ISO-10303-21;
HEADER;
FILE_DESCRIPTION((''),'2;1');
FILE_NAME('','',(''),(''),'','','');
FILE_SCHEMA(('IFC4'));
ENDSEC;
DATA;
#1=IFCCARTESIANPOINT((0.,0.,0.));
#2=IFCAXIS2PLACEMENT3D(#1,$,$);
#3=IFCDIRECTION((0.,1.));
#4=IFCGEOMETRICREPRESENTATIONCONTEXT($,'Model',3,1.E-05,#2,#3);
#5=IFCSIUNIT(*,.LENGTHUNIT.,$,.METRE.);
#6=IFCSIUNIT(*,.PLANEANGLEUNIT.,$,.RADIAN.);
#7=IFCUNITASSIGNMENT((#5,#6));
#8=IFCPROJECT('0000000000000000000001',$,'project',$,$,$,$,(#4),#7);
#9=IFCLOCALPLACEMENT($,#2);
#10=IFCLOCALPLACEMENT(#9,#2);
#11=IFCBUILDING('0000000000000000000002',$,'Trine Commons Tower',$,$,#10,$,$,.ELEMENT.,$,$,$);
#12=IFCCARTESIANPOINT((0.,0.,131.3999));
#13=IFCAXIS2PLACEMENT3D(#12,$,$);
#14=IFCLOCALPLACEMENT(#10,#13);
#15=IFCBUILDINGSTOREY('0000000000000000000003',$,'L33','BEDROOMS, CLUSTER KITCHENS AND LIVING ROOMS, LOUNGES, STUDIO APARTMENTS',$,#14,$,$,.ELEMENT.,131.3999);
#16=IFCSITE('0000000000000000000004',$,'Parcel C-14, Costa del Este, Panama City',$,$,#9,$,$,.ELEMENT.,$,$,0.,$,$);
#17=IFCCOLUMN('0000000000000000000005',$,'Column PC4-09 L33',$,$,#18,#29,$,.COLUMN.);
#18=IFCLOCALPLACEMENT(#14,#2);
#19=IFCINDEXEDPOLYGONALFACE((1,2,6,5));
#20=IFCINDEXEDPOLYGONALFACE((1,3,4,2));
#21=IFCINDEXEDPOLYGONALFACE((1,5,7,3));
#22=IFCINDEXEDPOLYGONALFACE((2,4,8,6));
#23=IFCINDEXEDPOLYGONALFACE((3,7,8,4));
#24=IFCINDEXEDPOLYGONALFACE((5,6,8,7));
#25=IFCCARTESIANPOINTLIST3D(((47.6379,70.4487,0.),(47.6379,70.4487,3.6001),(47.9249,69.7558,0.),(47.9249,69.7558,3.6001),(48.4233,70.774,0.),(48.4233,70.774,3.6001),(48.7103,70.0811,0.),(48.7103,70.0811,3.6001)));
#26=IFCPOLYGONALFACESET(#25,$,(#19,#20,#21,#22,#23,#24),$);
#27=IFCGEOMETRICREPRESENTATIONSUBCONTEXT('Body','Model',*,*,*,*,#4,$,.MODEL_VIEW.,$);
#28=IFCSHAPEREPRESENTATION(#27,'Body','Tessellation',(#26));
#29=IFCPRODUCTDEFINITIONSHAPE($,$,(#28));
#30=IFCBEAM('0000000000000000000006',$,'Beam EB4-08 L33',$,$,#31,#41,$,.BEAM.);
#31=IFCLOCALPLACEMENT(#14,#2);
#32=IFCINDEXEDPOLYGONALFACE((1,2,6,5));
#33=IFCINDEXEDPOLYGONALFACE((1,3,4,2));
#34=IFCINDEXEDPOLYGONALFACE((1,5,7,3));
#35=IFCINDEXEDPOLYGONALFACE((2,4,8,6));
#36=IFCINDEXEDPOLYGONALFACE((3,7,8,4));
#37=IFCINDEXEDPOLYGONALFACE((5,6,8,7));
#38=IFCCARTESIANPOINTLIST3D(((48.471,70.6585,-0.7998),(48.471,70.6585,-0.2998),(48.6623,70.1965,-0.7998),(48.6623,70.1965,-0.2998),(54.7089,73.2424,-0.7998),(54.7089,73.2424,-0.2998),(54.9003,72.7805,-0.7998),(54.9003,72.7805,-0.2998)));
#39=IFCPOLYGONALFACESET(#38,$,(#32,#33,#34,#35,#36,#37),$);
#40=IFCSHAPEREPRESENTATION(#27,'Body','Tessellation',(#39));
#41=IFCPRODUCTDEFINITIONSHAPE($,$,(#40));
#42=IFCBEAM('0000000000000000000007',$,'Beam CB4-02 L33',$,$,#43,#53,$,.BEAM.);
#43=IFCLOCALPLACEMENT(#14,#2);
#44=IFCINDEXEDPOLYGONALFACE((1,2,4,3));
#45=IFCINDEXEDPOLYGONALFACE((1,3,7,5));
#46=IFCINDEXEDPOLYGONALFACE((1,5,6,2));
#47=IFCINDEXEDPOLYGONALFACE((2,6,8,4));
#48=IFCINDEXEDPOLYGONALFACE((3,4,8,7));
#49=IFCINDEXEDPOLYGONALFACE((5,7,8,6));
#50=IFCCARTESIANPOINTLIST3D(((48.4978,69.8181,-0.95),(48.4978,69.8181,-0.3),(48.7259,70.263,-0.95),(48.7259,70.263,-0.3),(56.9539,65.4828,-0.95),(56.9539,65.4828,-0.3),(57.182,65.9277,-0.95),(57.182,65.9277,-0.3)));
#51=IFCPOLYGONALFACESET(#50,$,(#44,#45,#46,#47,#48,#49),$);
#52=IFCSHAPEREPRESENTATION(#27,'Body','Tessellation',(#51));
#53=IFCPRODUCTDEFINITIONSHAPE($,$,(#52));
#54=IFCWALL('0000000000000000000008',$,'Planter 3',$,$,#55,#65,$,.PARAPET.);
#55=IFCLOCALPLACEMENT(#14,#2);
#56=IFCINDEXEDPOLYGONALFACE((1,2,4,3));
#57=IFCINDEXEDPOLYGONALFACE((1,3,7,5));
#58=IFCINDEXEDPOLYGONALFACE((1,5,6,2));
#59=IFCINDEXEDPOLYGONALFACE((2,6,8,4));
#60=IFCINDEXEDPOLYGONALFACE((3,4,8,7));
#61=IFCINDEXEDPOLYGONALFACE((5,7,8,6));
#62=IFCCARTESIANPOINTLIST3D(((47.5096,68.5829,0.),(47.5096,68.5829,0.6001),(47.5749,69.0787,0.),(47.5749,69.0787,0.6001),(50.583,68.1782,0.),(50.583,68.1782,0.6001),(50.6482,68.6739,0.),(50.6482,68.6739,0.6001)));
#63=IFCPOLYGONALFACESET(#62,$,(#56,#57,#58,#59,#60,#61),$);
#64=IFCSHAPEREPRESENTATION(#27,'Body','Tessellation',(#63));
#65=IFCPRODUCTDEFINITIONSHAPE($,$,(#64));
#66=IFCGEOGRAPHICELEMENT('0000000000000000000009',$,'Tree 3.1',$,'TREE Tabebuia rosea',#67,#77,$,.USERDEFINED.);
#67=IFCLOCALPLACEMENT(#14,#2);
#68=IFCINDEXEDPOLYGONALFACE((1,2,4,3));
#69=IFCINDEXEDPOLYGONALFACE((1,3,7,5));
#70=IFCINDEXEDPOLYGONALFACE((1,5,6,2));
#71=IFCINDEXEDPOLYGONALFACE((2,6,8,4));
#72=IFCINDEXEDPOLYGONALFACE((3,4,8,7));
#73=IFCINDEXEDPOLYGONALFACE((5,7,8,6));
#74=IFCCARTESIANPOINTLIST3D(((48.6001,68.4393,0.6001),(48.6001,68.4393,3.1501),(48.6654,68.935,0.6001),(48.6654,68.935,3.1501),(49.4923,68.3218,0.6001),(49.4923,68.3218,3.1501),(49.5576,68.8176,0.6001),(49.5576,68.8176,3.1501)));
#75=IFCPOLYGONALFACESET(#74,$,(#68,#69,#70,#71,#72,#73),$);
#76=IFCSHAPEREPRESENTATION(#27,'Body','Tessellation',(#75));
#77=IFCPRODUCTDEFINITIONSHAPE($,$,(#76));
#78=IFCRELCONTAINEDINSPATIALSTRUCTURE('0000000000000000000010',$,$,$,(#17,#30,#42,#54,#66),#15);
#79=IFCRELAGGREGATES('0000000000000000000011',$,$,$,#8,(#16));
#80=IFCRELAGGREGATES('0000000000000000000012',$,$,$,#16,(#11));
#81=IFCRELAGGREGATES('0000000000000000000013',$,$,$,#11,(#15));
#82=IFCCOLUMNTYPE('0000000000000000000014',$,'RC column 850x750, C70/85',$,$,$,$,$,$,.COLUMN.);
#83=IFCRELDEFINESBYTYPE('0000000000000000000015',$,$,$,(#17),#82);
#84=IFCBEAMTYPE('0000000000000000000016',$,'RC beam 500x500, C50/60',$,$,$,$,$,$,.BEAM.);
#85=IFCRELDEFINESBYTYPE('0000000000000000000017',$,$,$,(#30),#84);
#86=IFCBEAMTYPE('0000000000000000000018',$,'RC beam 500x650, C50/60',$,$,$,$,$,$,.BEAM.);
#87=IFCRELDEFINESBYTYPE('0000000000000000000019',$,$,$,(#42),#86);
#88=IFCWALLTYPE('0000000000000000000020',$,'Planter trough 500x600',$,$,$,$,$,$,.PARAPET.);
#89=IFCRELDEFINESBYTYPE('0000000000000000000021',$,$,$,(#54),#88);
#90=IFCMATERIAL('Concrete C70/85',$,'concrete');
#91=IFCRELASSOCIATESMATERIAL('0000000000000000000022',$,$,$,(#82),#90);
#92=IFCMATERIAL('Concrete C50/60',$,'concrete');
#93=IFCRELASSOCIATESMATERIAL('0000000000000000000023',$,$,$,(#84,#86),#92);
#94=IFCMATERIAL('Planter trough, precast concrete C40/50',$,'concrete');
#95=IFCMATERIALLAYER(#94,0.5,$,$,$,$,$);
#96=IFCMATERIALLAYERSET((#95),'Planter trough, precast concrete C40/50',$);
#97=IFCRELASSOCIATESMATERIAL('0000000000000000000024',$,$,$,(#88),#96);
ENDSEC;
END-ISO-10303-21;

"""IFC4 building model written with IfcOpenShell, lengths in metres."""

from ifc_helpers import new_model, si_unit, direction, frame, frame_2d, origin, origin_2d, place, context, subcontext, project, spatial, rectangle, extrude, material, layer, layer_set, material_profile, profile_set, type_object, element, save


model = new_model("IFC4")

# Units and contexts
model_context = context("Model", 3, precision=1e-05, world=origin(), true_north=direction((0.0, 1.0)))
body_context = subcontext(model_context, "Body", "Model", "MODEL_VIEW")
ifc_project = project(units=[si_unit("LENGTHUNIT", "METRE"), si_unit("PLANEANGLEUNIT", "RADIAN")], contexts=[model_context])

# Site, building, storey
site_placement = place(None, origin())
site = spatial("IfcSite", under=ifc_project, at=site_placement, Name="Parcel C-14, Costa del Este, Panama City", CompositionType="ELEMENT", RefElevation=0.0)
building_placement = place(site_placement, origin())
building = spatial("IfcBuilding", under=site, at=building_placement, Name="Trine Commons Tower", CompositionType="ELEMENT")
storey_placement = place(building_placement, frame((0.0, 0.0, 131.3999)))
storey = spatial("IfcBuildingStorey", under=building, at=storey_placement, Name="L33", Description="BEDROOMS, CLUSTER KITCHENS AND LIVING ROOMS, LOUNGES, STUDIO APARTMENTS", CompositionType="ELEMENT", Elevation=131.3999)

# Column
ifc_material_1 = material(Name="Concrete C70/85", Category="concrete")
ifc_material_profile_1 = material_profile(ifc_material_1, rectangle(XDim=0.8501, YDim=0.75, at=origin_2d()), Name="RC 850x750")
ifc_profile_set_1 = profile_set([ifc_material_profile_1], Name="Concrete C70/85")
column_type = type_object("IfcColumnType", Name="RC column 850x750, C70/85", PredefinedType="COLUMN", material=ifc_profile_set_1)
column_placement = place(storey_placement, frame((48.1741, 70.2649, 0.0), z_axis=(0.0, 0.0, 1.0), x_axis=(0.92388, 0.382683, 0.0)))
element("IfcColumn", 1, at=column_placement, inside=storey, type_object=column_type, Name="Column PC4-09 L33", PredefinedType="COLUMN", context=body_context, shape_type="SweptSolid", body=[
    extrude(rectangle(XDim=0.8501, YDim=0.75, at=origin_2d()), origin(), (0.0, 0.0, 1.0), 3.6001),
])

# Beams
ifc_material_2 = material(Name="Concrete C50/60", Category="concrete")
ifc_material_profile_2 = material_profile(ifc_material_2, rectangle(XDim=0.5, YDim=0.5, at=origin_2d()), Name="RC 500x500")
ifc_profile_set_2 = profile_set([ifc_material_profile_2], Name="Concrete C50/60")
beam_type_1 = type_object("IfcBeamType", Name="RC beam 500x500, C50/60", PredefinedType="BEAM", material=ifc_profile_set_2)
beam_1_placement = place(storey_placement, frame((48.5667, 70.4275, -0.5498), z_axis=(0.923874, 0.382697, 0.0), x_axis=(-0.382697, 0.923874, 0.0)))
element("IfcBeam", 2, at=beam_1_placement, inside=storey, type_object=beam_type_1, Name="Beam EB4-08 L33", PredefinedType="BEAM", context=body_context, shape_type="SweptSolid", body=[
    extrude(rectangle(XDim=0.5, YDim=0.5, at=origin_2d()), origin(), (0.0, 0.0, 1.0), 6.752),
])
ifc_material_profile_3 = material_profile(ifc_material_2, rectangle(XDim=0.5, YDim=0.6499, at=origin_2d()), Name="RC 500x650")
ifc_profile_set_3 = profile_set([ifc_material_profile_3], Name="Concrete C50/60")
beam_type_2 = type_object("IfcBeamType", Name="RC beam 500x650, C50/60", PredefinedType="BEAM", material=ifc_profile_set_3)
beam_2_placement = place(storey_placement, frame((48.6118, 70.0405, -0.625), z_axis=(0.88987, -0.456214, 0.0), x_axis=(0.456214, 0.88987, 0.0)))
element("IfcBeam", 3, at=beam_2_placement, inside=storey, type_object=beam_type_2, Name="Beam CB4-02 L33", PredefinedType="BEAM", context=body_context, shape_type="SweptSolid", body=[
    extrude(rectangle(XDim=0.5, YDim=0.6499, at=origin_2d()), origin(), (0.0, 0.0, 1.0), 9.5027),
])

# Wall
ifc_material_3 = material(Name="Planter trough, precast concrete C40/50", Category="concrete")
ifc_layer_1 = layer(ifc_material_3, 0.5)
ifc_layer_set_1 = layer_set([ifc_layer_1], Name="Planter trough, precast concrete C40/50")
wall_type_1 = type_object("IfcWallType", Name="Planter trough 500x600", PredefinedType="PARAPET", material=ifc_layer_set_1)
wall_1_placement = place(storey_placement, frame((50.6155, 68.426, 0.0), z_axis=(0.0, 0.0, 1.0), x_axis=(-0.991437, 0.130585, 0.0)))
element("IfcWall", 4, at=wall_1_placement, inside=storey, type_object=wall_type_1, Name="Planter 3", PredefinedType="PARAPET", context=body_context, shape_type="SweptSolid", body=[
    extrude(rectangle(XDim=3.0999, YDim=0.5, at=frame_2d((1.5498, 0.0))), origin(), (0.0, 0.0, 1.0), 0.6001),
])

# Geographic element
geographic_element_placement = place(storey_placement, frame((49.0789, 68.6284, 0.6001), z_axis=(0.0, 0.0, 1.0), x_axis=(-0.991446, 0.130518, 0.0)))
element("IfcGeographicElement", 5, at=geographic_element_placement, inside=storey, Name="Tree 3.1", ObjectType="TREE Tabebuia rosea", PredefinedType="USERDEFINED", context=body_context, shape_type="SweptSolid", body=[
    extrude(rectangle(XDim=0.8999, YDim=0.5, at=origin_2d()), origin(), (0.0, 0.0, 1.0), 2.55),
])

save(model, "model.ifc")
